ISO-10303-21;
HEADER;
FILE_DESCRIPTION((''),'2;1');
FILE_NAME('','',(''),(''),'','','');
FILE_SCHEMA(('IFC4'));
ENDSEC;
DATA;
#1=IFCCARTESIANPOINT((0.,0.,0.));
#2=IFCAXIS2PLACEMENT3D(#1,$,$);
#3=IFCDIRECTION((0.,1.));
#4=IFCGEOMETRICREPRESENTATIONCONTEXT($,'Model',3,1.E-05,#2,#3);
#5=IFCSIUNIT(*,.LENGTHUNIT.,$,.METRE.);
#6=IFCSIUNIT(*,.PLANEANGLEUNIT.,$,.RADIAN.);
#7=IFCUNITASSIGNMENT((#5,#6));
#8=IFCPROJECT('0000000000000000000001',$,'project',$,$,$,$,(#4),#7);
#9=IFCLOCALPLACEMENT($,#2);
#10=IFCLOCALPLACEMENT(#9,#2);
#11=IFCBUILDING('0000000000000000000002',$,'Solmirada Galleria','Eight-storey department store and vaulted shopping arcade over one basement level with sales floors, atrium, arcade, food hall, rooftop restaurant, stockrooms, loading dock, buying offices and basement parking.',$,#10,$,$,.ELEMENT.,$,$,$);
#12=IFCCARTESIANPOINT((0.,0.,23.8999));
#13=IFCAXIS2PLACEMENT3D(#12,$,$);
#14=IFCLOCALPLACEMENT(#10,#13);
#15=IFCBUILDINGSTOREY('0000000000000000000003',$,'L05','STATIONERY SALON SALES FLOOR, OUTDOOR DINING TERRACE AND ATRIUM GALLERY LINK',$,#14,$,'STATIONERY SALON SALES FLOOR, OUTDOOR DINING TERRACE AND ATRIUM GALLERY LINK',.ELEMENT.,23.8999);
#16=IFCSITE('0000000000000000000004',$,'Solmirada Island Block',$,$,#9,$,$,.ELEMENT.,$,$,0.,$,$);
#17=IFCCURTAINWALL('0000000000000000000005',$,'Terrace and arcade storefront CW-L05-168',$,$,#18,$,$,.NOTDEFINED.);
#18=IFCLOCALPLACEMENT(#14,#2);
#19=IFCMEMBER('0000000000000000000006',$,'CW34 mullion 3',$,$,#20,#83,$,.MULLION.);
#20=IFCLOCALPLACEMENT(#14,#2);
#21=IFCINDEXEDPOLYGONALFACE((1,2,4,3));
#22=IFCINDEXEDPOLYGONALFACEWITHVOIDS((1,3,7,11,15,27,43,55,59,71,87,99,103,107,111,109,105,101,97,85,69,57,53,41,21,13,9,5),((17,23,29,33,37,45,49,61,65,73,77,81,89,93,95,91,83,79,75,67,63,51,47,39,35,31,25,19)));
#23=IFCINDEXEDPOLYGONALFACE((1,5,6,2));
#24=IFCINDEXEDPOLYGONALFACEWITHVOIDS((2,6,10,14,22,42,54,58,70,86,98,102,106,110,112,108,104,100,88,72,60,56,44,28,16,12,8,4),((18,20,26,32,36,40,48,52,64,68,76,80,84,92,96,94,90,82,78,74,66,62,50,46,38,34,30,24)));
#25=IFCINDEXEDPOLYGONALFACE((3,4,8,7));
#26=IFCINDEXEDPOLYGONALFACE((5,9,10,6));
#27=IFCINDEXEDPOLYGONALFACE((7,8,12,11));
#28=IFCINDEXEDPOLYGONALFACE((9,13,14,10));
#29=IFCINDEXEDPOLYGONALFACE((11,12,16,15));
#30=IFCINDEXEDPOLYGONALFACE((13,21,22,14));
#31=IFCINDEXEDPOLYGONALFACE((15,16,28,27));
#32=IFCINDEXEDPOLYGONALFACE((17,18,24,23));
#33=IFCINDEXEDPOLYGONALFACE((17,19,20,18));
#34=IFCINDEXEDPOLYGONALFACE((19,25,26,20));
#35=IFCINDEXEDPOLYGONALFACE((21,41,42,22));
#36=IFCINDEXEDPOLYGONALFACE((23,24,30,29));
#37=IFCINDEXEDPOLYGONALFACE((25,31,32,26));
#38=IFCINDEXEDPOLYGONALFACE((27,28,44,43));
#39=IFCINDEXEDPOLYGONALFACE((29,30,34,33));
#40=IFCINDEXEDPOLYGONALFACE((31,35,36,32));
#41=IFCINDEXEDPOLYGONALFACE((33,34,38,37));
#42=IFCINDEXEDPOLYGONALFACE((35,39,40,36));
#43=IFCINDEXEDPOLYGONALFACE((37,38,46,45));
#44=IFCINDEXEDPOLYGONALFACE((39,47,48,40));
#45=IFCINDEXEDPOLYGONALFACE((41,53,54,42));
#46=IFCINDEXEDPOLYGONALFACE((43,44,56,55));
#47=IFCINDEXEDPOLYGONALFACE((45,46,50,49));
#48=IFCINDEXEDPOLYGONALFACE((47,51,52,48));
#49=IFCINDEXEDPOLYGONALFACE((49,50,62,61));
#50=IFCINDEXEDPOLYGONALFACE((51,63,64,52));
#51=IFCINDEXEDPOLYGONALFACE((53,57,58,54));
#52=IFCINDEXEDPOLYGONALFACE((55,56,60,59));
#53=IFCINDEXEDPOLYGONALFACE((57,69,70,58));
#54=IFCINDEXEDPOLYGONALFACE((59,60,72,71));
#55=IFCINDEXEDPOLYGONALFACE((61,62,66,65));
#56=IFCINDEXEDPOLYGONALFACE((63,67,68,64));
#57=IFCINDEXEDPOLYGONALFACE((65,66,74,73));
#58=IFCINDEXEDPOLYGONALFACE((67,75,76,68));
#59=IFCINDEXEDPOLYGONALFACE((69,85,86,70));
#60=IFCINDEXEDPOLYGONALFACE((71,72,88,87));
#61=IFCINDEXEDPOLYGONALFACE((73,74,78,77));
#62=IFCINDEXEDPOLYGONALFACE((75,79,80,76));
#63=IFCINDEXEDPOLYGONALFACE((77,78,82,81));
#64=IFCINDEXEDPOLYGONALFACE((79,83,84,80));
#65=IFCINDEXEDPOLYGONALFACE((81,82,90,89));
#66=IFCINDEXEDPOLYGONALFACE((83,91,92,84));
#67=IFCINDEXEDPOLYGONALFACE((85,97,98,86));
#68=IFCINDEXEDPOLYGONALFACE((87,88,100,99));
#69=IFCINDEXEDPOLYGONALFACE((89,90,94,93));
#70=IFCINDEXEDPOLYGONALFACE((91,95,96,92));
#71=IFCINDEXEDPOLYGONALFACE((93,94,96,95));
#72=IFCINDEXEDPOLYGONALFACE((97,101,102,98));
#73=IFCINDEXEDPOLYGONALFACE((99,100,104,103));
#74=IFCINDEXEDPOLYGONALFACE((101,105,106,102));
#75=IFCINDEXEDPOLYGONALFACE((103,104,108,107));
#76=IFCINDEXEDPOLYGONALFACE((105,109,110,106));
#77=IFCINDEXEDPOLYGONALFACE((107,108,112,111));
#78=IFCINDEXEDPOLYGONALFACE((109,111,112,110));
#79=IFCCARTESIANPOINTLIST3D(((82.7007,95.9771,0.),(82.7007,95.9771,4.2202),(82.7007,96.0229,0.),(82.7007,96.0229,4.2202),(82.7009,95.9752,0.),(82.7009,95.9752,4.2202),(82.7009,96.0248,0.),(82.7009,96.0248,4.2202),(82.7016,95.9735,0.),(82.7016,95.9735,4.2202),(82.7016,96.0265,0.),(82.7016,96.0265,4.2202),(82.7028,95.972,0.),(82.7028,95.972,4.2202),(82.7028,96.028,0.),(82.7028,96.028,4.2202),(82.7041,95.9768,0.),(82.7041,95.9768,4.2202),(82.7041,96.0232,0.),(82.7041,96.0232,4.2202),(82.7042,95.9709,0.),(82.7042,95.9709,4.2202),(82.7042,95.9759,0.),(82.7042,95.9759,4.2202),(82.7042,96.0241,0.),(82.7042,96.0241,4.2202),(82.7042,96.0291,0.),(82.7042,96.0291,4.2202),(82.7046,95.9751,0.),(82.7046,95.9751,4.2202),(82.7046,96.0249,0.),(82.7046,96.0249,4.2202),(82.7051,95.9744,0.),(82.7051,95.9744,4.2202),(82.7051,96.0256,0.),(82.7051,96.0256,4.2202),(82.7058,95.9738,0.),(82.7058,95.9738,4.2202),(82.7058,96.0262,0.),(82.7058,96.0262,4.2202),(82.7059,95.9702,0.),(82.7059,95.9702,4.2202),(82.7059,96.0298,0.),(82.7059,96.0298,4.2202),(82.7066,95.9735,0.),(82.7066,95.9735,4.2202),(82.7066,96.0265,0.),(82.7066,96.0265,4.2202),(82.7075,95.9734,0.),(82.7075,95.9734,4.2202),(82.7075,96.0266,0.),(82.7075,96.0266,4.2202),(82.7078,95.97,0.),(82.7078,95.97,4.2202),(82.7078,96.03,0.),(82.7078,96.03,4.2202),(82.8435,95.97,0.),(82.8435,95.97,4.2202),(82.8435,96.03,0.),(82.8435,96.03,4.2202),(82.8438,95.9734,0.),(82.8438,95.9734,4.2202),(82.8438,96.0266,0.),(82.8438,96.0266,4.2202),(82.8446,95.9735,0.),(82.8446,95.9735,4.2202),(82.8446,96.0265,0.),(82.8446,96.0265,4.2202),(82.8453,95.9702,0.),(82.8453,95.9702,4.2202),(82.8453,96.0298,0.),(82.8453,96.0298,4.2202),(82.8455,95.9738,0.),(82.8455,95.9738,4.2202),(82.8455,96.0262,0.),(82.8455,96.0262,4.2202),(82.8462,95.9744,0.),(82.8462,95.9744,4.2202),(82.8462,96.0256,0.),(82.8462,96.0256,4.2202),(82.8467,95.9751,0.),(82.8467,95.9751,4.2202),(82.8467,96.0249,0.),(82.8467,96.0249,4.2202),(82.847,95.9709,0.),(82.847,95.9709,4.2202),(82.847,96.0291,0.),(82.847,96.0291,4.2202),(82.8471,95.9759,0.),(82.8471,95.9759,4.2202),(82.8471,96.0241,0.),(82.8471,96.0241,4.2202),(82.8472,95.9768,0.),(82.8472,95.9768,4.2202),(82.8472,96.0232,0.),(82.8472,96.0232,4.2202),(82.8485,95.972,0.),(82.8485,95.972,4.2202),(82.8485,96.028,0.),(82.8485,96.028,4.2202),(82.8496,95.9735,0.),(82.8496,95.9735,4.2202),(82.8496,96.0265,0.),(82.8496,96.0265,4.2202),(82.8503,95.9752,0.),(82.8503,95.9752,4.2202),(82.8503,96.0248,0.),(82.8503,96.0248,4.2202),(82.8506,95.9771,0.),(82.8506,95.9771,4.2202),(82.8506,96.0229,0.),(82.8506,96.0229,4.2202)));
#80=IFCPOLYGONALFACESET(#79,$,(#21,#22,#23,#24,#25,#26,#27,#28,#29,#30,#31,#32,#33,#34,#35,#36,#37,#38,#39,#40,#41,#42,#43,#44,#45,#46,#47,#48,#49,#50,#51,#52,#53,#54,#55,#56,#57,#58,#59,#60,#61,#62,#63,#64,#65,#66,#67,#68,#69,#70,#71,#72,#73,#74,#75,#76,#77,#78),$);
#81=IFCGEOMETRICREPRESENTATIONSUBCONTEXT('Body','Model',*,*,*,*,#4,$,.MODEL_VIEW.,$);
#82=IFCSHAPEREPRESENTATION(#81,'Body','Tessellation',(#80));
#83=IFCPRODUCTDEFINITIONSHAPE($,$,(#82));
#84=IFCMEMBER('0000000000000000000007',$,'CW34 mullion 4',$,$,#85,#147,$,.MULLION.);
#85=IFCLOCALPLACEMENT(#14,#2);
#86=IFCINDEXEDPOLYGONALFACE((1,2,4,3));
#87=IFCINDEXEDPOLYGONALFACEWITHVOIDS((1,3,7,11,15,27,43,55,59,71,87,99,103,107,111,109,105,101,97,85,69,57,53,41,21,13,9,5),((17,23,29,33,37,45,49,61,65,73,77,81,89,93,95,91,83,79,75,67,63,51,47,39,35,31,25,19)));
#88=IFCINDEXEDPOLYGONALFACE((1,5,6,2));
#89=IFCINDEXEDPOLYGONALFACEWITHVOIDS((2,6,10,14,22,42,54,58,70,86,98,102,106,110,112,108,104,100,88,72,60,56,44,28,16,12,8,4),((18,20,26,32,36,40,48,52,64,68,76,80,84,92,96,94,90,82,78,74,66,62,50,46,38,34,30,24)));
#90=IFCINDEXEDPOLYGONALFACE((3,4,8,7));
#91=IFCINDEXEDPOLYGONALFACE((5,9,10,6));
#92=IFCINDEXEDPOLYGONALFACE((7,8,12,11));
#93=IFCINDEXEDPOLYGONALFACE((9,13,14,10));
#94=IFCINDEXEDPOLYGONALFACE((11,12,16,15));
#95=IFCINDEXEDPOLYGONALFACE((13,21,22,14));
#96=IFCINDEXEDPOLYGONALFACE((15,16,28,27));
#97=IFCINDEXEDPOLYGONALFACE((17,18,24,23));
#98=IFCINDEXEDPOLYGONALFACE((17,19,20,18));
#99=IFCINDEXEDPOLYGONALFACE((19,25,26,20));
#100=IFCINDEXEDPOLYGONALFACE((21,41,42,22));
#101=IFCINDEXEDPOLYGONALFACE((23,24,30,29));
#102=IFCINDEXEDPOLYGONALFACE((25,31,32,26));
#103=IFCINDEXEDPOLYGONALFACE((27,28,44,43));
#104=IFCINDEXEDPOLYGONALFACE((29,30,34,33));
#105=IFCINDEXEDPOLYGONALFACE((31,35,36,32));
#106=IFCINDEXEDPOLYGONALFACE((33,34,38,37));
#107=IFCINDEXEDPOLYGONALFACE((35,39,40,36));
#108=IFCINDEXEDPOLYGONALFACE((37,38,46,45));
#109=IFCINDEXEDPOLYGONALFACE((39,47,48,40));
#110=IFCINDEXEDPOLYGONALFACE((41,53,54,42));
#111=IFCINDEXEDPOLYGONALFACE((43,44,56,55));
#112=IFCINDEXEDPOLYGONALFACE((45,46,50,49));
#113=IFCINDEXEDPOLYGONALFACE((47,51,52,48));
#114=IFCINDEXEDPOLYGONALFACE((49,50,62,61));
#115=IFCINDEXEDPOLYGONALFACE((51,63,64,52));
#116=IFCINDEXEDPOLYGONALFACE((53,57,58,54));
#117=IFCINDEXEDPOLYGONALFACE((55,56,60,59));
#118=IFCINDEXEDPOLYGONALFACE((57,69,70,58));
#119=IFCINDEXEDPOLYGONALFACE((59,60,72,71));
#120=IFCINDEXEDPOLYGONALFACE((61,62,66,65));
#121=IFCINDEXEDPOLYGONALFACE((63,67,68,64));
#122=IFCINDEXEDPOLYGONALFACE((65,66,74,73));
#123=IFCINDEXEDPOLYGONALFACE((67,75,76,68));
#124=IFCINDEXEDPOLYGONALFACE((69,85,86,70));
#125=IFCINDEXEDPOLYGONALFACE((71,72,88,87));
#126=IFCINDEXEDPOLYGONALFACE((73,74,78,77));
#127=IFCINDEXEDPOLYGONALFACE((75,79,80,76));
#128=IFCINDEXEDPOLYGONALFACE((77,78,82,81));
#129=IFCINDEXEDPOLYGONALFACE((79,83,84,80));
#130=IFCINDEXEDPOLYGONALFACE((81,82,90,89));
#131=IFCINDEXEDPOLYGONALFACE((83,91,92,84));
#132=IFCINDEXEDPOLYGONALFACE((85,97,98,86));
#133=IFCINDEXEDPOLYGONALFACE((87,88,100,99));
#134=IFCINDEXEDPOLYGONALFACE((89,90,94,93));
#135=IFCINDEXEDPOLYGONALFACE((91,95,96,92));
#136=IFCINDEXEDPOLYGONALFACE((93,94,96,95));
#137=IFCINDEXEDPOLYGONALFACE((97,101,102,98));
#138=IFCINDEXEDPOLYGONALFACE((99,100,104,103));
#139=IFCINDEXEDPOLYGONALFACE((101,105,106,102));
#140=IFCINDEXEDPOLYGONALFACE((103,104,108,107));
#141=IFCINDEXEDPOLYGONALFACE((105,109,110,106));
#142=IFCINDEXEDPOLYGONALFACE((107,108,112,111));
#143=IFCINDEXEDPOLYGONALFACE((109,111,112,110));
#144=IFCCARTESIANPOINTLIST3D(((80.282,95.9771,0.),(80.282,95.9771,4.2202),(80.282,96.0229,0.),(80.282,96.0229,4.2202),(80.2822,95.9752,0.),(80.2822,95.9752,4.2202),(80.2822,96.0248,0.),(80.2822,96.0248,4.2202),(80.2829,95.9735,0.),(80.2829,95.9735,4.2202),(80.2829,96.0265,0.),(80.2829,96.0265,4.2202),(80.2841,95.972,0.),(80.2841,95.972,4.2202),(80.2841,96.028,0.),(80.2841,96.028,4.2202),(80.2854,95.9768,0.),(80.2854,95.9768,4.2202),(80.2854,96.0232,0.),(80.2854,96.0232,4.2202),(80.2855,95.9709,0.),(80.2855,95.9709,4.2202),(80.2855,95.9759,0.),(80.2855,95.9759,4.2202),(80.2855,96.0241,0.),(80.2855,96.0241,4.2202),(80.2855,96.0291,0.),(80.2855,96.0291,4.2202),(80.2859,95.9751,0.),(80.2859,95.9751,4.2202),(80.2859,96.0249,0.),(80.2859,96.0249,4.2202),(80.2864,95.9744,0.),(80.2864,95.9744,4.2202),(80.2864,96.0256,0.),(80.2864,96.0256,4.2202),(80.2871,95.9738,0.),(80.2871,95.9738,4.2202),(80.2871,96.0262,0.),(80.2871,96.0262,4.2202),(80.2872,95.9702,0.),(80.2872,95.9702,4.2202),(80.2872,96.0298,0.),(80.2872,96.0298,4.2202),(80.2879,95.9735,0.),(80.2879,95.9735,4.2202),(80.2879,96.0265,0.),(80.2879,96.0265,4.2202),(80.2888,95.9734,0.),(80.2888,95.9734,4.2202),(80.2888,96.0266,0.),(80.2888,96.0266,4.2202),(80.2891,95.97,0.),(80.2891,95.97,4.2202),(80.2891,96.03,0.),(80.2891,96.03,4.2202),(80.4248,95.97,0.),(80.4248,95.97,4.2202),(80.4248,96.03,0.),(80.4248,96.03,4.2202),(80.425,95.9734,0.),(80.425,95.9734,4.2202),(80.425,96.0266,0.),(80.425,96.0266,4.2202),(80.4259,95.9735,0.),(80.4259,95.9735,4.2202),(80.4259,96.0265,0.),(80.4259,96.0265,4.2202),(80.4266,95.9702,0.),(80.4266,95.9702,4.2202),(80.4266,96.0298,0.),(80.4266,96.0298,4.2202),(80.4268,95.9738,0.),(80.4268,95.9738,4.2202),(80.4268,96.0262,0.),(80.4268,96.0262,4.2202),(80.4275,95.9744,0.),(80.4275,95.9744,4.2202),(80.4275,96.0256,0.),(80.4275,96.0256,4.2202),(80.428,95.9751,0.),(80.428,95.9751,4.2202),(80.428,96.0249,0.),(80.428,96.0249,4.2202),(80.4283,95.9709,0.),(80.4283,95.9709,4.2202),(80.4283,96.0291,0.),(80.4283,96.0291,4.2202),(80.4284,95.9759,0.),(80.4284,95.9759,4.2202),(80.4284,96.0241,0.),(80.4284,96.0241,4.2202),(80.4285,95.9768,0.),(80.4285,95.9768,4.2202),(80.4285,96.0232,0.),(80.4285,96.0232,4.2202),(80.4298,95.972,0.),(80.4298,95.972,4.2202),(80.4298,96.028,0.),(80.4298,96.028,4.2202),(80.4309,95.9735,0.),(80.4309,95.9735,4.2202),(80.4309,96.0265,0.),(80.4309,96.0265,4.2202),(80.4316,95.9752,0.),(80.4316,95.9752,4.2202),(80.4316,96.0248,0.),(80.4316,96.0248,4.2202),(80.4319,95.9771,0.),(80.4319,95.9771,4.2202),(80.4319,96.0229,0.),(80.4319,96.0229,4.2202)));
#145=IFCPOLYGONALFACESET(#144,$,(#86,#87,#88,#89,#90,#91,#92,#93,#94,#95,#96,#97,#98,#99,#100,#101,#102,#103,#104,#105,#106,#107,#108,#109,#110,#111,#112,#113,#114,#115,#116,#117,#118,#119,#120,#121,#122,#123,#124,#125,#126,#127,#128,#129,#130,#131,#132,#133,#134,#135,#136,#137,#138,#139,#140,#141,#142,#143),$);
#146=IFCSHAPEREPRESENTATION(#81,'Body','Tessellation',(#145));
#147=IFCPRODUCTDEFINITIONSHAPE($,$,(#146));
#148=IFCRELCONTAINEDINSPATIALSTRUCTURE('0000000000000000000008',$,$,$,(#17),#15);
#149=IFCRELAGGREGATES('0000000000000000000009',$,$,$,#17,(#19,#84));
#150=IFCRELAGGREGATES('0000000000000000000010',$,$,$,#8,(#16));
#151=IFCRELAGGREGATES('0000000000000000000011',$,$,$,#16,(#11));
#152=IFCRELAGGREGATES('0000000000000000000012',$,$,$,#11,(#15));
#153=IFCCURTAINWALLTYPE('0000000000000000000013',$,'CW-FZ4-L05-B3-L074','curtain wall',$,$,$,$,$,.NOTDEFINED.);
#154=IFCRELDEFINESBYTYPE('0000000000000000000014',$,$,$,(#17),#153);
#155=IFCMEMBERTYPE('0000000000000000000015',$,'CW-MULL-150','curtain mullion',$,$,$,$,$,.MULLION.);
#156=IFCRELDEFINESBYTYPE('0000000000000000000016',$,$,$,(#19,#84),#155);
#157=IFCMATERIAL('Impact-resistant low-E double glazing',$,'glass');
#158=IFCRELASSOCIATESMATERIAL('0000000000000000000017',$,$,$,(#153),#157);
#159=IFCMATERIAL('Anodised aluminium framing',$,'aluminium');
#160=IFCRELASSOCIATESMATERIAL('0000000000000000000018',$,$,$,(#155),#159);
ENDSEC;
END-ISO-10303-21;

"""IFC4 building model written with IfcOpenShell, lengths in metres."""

from ifc_helpers import new_model, si_unit, direction, frame, origin, origin_2d, place, context, subcontext, project, spatial, hollow_rectangle, extrude, material, material_profile, profile_set, type_object, element, aggregate, save


model = new_model("IFC4")

# Units and contexts
model_context = context("Model", 3, precision=1e-05, world=origin(), true_north=direction((0.0, 1.0)))
body_context = subcontext(model_context, "Body", "Model", "MODEL_VIEW")
ifc_project = project(units=[si_unit("LENGTHUNIT", "METRE"), si_unit("PLANEANGLEUNIT", "RADIAN")], contexts=[model_context])

# Site, building, storey
site_placement = place(None, origin())
site = spatial("IfcSite", under=ifc_project, at=site_placement, Name="Solmirada Island Block", CompositionType="ELEMENT", RefElevation=0.0)
building_placement = place(site_placement, origin())
building = spatial("IfcBuilding", under=site, at=building_placement, Name="Solmirada Galleria", Description="Eight-storey department store and vaulted shopping arcade over one basement level with sales floors, atrium, arcade, food hall, rooftop restaurant, stockrooms, loading dock, buying offices and basement parking.", CompositionType="ELEMENT")
storey_placement = place(building_placement, frame((0.0, 0.0, 23.8999)))
storey = spatial("IfcBuildingStorey", under=building, at=storey_placement, Name="L05", Description="STATIONERY SALON SALES FLOOR, OUTDOOR DINING TERRACE AND ATRIUM GALLERY LINK", LongName="STATIONERY SALON SALES FLOOR, OUTDOOR DINING TERRACE AND ATRIUM GALLERY LINK", CompositionType="ELEMENT", Elevation=23.8999)

# Curtain wall, members
ifc_material_1 = material(Name="Impact-resistant low-E double glazing", Category="glass")
curtain_wall_type = type_object("IfcCurtainWallType", Name="CW-FZ4-L05-B3-L074", Description="curtain wall", PredefinedType="NOTDEFINED", material=ifc_material_1)
curtain_wall_1_placement = place(storey_placement, origin())
curtain_wall_1 = element("IfcCurtainWall", 1, at=curtain_wall_1_placement, inside=storey, type_object=curtain_wall_type, Name="Terrace and arcade storefront CW-L05-168", PredefinedType="NOTDEFINED")
ifc_material_2 = material(Name="Anodised aluminium framing", Category="aluminium")
ifc_material_profile_1 = material_profile(ifc_material_2, hollow_rectangle(XDim=0.0601, YDim=0.1499, WallThickness=0.0034, InnerFilletRadius=0.0034, OuterFilletRadius=0.0071, at=origin_2d()), Name="ALU-MULL-150X60")
ifc_profile_set_1 = profile_set([ifc_material_profile_1], Name="Anodised aluminium framing")
member_type_1 = type_object("IfcMemberType", Name="CW-MULL-150", Description="curtain mullion", PredefinedType="MULLION", material=ifc_profile_set_1)
member_1_placement = place(storey_placement, frame((82.7756, 96.0, 0.0), z_axis=(0.0, 0.0, 1.0), x_axis=(0.0, -1.0, 0.0)))
member_1 = element("IfcMember", 2, at=member_1_placement, type_object=member_type_1, Name="CW34 mullion 3", PredefinedType="MULLION", context=body_context, shape_type="SweptSolid", body=[
    extrude(hollow_rectangle(XDim=0.0601, YDim=0.1499, WallThickness=0.0034, InnerFilletRadius=0.0034, OuterFilletRadius=0.0071, at=origin_2d()), origin(), (0.0, 0.0, 1.0), 4.2202),
])
member_2_placement = place(storey_placement, frame((80.3569, 96.0, 0.0), z_axis=(0.0, 0.0, 1.0), x_axis=(0.0, -1.0, 0.0)))
member_2 = element("IfcMember", 3, at=member_2_placement, type_object=member_type_1, Name="CW34 mullion 4", PredefinedType="MULLION", context=body_context, shape_type="SweptSolid", body=[
    extrude(hollow_rectangle(XDim=0.0601, YDim=0.1499, WallThickness=0.0034, InnerFilletRadius=0.0034, OuterFilletRadius=0.0071, at=origin_2d()), origin(), (0.0, 0.0, 1.0), 4.2202),
])

aggregate(curtain_wall_1, [member_1, member_2])

save(model, "model.ifc")
